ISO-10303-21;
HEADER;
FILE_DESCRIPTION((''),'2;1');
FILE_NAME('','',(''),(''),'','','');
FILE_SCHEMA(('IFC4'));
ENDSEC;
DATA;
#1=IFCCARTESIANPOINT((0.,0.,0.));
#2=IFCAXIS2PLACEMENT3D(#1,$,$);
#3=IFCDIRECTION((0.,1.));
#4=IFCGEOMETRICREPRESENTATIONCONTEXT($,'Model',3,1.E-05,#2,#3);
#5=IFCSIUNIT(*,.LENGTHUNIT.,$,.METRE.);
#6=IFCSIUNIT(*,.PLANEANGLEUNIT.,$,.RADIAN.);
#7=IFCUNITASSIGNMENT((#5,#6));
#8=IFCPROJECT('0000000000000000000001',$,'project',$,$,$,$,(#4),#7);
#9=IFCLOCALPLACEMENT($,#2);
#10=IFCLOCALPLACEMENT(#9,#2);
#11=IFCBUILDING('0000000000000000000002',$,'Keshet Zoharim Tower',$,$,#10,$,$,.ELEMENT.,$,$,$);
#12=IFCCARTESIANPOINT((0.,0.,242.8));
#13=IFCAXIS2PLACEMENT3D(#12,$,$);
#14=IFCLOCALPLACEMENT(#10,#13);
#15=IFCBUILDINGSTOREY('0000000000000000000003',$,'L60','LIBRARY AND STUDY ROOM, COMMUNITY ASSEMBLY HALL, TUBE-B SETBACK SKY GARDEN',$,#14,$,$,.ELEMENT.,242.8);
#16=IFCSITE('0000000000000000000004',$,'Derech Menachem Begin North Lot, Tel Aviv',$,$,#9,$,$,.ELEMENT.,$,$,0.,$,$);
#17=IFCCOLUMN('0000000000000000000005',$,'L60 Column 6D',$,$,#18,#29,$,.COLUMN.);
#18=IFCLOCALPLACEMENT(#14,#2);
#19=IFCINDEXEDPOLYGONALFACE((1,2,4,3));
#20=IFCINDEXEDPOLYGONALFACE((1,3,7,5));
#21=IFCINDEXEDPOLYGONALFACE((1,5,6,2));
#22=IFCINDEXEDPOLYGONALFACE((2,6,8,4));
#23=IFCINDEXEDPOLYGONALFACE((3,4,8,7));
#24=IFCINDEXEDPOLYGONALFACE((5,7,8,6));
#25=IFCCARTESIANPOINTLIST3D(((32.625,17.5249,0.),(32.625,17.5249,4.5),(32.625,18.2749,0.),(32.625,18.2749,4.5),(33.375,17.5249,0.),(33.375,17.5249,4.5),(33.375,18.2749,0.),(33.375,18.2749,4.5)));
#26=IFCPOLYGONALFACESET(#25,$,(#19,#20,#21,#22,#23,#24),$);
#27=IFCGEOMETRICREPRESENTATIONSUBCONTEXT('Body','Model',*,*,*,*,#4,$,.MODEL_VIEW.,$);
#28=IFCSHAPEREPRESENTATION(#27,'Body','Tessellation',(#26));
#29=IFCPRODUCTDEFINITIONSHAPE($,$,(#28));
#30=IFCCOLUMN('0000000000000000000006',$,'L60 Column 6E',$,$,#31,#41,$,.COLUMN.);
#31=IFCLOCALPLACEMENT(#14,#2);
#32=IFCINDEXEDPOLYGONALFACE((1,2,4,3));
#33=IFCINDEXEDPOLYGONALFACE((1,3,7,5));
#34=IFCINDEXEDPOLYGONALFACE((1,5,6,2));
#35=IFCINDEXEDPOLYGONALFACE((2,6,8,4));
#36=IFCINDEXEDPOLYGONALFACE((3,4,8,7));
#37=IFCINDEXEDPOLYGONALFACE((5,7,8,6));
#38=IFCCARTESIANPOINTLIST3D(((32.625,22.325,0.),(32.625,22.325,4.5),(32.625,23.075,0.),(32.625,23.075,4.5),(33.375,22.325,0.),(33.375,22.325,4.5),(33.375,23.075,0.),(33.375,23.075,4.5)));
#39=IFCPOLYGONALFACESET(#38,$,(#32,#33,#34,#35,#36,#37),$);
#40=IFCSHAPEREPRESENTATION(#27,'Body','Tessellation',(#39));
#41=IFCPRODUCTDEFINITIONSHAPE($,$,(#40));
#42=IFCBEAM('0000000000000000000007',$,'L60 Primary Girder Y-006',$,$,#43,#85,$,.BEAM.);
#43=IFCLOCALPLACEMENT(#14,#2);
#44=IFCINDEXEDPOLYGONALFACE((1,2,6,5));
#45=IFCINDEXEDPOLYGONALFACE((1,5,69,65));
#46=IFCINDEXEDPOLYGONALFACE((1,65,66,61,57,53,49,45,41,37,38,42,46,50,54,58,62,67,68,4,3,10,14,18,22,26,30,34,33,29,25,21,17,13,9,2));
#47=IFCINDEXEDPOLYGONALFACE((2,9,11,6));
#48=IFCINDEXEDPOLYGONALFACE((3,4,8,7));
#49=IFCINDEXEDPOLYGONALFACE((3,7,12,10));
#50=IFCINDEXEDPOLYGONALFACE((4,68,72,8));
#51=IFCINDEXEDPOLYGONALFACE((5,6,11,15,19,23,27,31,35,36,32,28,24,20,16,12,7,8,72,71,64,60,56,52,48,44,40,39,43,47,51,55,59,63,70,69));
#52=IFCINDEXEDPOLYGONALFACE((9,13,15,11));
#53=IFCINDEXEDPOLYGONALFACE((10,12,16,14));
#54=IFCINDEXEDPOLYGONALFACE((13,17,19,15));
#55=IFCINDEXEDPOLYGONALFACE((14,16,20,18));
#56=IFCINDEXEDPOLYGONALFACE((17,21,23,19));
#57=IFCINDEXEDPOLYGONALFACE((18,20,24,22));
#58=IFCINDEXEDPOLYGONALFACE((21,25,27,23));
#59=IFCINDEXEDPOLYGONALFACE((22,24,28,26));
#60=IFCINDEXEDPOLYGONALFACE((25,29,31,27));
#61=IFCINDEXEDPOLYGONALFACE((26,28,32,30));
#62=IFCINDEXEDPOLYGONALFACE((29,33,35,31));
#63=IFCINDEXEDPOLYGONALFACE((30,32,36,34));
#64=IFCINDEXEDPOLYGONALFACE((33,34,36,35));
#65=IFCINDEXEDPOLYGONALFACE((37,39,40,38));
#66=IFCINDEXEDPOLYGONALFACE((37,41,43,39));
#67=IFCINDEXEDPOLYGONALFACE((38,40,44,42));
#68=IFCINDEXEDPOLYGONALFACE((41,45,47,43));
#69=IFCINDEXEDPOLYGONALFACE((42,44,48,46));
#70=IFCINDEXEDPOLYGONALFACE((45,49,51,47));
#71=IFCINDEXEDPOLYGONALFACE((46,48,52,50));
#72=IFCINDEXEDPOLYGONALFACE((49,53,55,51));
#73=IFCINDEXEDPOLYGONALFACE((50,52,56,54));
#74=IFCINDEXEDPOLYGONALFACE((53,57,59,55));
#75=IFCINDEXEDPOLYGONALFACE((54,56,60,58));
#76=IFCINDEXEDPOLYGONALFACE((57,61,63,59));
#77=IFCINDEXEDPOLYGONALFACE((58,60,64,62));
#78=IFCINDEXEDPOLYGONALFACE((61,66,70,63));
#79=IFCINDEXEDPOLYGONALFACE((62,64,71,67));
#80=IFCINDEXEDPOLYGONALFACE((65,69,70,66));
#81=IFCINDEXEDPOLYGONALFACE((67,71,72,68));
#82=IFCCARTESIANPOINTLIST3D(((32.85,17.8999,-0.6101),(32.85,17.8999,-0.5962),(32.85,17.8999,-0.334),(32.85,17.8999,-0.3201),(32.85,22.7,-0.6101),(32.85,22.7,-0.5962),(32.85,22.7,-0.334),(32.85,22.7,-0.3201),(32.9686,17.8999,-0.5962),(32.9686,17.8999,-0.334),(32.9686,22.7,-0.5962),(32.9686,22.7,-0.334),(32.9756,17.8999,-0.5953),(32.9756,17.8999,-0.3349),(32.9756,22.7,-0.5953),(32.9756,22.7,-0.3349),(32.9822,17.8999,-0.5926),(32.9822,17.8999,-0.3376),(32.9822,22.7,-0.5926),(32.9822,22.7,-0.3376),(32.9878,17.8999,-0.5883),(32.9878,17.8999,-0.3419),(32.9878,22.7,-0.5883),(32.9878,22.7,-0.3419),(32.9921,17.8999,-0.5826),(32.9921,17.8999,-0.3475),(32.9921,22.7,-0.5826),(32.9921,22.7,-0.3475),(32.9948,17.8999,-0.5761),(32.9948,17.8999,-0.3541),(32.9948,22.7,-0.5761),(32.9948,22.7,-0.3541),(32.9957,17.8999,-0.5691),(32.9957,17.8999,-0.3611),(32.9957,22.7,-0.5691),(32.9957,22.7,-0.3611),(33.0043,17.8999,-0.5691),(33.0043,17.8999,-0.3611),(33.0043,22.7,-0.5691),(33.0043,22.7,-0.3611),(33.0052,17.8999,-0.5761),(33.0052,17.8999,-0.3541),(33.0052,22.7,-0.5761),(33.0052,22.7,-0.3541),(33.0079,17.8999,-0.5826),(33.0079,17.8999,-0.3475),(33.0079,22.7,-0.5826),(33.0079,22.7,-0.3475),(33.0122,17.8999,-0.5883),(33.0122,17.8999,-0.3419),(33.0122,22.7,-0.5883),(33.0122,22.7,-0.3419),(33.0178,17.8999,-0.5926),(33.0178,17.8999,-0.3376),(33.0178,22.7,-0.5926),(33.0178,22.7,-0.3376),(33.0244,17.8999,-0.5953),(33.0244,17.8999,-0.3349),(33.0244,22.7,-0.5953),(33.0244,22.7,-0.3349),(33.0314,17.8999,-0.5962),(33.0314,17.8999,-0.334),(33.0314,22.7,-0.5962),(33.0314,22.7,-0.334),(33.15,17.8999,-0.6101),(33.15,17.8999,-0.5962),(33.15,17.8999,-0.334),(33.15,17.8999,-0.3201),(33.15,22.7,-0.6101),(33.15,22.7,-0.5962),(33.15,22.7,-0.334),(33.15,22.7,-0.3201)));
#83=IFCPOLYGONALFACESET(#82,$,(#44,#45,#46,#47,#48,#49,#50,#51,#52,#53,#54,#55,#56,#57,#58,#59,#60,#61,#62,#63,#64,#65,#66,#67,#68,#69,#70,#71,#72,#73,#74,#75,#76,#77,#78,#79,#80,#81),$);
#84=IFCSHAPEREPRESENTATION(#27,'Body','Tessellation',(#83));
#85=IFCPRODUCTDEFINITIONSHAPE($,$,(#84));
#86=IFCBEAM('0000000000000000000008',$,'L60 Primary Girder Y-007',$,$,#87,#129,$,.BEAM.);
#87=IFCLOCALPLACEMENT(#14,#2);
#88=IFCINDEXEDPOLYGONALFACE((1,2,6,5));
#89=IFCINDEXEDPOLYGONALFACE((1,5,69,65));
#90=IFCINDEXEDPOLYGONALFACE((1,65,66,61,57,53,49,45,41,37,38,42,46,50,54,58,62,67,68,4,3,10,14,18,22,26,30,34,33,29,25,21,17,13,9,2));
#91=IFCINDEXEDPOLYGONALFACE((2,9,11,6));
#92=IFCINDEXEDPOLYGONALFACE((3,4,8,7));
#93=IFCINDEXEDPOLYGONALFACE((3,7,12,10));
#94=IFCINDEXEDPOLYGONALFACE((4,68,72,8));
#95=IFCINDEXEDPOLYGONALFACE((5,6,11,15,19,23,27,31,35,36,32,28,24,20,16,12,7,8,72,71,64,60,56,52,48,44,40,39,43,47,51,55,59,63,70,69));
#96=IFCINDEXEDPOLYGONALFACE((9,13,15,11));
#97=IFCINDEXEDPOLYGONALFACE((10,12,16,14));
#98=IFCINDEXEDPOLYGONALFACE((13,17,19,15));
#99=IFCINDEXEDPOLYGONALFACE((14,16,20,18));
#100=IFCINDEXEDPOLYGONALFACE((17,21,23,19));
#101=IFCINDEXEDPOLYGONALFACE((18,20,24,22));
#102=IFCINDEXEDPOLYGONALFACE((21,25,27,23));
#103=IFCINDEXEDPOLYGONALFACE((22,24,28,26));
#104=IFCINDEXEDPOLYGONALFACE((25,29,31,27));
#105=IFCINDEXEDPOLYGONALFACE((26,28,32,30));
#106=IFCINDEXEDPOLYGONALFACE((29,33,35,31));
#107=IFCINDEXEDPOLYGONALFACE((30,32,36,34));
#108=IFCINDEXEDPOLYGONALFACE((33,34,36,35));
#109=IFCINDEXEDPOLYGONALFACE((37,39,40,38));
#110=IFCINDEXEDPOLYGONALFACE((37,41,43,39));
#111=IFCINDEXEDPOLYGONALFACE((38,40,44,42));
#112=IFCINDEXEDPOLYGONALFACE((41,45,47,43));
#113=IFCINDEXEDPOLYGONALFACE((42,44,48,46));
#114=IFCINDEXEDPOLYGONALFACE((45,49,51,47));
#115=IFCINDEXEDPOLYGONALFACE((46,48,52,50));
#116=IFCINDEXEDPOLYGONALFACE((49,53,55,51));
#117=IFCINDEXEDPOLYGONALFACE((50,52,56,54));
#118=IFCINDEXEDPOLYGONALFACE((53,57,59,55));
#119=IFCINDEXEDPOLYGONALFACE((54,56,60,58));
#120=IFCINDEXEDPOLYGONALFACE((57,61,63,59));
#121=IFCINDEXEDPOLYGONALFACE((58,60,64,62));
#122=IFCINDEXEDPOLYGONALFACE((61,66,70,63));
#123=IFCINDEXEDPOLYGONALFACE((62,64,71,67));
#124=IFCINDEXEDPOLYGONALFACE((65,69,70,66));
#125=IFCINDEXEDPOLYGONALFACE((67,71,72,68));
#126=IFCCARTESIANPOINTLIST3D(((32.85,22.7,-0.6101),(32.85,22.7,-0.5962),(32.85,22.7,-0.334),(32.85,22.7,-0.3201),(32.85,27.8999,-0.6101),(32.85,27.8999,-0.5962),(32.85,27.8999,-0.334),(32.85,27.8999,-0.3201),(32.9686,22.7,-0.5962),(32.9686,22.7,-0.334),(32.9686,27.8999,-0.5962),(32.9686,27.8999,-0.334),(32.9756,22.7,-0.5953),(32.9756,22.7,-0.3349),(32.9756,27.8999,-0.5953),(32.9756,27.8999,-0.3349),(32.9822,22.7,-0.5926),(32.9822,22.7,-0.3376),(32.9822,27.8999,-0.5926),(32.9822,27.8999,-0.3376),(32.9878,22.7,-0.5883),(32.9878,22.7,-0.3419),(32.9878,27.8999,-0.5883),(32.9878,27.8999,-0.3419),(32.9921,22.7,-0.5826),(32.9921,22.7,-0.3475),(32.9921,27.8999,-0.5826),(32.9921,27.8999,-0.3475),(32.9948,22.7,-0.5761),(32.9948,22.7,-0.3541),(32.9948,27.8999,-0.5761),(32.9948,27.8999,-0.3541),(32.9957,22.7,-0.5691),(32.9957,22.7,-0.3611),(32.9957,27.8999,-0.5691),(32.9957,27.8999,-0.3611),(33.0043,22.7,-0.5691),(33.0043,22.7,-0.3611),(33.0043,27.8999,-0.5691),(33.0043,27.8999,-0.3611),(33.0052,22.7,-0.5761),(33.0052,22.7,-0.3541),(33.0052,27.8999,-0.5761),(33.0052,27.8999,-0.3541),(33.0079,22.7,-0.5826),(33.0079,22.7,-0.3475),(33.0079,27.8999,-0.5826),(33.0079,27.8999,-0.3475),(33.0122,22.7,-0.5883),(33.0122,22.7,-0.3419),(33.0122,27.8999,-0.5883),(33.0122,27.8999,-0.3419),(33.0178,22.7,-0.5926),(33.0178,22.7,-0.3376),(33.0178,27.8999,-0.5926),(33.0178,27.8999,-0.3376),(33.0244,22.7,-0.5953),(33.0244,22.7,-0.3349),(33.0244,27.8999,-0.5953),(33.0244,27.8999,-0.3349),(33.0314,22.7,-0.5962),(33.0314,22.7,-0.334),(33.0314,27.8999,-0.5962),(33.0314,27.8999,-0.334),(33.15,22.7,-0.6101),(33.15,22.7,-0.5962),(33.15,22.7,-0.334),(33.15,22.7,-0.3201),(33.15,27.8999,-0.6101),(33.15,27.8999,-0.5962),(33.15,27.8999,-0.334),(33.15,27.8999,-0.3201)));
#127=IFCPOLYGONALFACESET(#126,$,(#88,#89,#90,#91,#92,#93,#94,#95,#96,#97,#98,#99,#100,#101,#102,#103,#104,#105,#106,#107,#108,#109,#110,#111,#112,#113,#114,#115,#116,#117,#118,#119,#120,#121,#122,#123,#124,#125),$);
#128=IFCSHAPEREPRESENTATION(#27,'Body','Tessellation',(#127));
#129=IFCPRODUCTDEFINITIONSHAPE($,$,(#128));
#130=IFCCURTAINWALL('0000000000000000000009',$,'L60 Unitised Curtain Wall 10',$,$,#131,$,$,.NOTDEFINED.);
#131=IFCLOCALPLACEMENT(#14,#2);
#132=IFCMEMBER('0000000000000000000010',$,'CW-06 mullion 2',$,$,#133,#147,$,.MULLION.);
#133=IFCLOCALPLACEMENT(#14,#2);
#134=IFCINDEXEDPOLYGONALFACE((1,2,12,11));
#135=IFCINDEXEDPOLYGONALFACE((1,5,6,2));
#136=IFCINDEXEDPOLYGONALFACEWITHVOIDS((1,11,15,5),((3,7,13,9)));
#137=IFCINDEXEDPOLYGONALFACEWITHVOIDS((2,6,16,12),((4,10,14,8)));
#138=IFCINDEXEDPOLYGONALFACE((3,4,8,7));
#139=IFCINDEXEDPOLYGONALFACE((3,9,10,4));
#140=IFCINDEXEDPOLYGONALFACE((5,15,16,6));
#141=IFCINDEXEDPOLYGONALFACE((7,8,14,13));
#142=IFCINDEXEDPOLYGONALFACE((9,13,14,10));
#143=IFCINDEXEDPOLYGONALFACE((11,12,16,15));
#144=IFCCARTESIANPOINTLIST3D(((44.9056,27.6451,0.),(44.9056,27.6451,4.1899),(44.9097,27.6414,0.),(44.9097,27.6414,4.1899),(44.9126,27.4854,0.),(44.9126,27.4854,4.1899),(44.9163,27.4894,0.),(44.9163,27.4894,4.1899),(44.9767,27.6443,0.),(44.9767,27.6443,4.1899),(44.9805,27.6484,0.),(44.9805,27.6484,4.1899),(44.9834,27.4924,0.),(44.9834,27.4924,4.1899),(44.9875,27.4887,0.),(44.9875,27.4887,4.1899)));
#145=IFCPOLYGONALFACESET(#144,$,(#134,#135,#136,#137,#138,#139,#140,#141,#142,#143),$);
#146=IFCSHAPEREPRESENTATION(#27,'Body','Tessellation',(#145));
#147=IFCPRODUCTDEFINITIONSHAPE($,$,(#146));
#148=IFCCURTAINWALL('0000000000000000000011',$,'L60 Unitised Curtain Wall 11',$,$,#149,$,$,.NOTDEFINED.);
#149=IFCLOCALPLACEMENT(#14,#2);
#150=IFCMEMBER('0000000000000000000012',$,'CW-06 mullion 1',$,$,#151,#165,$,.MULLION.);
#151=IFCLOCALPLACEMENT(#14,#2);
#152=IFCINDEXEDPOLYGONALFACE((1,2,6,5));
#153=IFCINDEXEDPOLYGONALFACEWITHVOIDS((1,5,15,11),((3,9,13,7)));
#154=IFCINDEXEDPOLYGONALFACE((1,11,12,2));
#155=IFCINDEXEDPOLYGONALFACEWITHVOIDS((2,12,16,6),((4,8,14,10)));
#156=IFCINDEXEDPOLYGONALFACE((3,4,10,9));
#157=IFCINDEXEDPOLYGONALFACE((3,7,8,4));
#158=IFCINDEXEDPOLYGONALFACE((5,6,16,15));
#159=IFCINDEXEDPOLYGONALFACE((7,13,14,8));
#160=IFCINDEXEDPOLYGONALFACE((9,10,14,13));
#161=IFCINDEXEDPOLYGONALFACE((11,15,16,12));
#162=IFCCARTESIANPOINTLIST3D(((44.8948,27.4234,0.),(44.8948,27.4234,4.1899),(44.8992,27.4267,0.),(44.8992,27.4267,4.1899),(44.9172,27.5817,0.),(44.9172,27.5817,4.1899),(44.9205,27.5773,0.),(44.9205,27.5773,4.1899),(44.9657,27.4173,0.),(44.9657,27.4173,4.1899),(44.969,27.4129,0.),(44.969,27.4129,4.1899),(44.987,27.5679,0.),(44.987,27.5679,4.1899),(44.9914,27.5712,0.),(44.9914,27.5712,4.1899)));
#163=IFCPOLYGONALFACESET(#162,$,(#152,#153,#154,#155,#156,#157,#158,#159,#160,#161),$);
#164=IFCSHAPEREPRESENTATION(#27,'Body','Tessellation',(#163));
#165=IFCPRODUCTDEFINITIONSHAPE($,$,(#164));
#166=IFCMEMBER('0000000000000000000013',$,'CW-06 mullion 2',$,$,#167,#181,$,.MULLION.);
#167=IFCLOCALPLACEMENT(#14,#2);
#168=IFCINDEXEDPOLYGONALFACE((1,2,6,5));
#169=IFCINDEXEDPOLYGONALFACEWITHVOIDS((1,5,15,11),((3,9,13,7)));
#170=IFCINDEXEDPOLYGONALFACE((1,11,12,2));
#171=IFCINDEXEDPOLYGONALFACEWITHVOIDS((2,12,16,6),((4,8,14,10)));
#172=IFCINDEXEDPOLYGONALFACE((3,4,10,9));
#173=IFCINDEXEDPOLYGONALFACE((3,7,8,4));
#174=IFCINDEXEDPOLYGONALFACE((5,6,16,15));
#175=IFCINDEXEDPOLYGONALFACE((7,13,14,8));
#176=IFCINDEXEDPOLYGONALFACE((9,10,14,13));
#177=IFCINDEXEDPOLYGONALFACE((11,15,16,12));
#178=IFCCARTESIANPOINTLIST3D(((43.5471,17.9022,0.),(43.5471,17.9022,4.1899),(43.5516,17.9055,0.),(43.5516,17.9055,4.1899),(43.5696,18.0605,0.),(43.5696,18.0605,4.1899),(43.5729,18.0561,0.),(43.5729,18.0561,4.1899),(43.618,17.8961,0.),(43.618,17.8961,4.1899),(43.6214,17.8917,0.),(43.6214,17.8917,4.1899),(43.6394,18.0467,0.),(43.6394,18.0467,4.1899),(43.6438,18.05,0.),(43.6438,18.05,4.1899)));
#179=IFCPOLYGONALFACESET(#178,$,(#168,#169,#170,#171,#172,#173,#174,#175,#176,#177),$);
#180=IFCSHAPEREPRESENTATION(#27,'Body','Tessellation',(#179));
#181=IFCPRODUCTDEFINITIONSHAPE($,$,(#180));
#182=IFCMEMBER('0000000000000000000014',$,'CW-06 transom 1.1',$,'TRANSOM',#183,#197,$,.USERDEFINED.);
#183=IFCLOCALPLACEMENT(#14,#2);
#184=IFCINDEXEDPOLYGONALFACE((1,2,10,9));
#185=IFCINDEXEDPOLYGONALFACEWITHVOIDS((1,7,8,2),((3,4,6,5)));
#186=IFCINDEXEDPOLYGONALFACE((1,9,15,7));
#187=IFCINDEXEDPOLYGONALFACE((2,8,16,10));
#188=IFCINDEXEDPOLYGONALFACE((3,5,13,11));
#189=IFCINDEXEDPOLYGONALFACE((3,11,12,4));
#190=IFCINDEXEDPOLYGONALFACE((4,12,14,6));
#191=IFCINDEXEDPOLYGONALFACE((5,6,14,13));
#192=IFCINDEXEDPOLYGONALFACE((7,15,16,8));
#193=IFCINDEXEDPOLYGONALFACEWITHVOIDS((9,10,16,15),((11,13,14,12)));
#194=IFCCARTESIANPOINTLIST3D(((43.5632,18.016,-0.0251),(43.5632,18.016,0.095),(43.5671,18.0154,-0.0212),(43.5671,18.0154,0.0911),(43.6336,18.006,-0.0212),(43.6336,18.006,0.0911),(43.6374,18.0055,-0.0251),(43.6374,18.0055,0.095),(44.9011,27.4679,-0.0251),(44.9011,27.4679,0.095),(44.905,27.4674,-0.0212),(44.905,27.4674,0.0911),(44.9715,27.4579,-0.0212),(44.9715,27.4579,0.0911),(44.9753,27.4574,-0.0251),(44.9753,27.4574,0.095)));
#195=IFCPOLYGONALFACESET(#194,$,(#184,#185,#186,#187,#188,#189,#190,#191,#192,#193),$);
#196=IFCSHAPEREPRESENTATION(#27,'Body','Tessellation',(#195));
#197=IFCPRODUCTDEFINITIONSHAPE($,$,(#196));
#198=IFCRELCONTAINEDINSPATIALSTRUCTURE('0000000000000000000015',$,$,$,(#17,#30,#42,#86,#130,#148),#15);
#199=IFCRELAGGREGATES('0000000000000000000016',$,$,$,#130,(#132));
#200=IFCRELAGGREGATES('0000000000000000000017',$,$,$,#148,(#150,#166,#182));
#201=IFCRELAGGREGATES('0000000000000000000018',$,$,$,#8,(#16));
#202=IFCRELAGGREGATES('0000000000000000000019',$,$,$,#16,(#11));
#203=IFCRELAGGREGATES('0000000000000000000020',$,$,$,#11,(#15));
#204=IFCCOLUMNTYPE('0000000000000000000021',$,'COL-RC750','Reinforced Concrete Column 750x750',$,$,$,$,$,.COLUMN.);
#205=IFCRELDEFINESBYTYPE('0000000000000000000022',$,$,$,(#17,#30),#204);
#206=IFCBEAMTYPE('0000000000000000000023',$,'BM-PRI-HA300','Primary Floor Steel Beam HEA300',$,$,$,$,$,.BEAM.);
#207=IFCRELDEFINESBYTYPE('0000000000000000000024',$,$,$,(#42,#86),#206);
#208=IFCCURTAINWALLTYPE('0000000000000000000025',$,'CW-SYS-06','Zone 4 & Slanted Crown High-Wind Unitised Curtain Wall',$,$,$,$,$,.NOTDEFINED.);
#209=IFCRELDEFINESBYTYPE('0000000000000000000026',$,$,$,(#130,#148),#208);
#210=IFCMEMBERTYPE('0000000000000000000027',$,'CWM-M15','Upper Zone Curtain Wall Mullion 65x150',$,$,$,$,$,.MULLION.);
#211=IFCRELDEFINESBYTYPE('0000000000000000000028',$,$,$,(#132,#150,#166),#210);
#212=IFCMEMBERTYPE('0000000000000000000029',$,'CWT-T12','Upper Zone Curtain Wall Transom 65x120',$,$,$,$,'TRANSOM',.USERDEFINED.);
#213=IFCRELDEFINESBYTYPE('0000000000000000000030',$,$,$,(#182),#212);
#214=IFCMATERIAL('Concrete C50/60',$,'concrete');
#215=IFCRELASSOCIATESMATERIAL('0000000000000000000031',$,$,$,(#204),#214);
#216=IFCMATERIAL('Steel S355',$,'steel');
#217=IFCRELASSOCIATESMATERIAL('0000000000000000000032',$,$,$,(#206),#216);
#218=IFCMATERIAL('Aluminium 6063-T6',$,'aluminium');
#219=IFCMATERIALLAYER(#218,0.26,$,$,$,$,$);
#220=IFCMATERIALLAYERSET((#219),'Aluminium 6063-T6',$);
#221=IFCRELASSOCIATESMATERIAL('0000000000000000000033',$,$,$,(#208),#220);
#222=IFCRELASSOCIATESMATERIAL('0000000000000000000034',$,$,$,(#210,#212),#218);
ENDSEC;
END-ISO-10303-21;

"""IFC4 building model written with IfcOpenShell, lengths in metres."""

from ifc_helpers import new_model, si_unit, direction, frame, origin, origin_2d, place, context, subcontext, project, spatial, rectangle, hollow_rectangle, i_section, extrude, material, layer, layer_set, material_profile, profile_set, type_object, element, aggregate, save


model = new_model("IFC4")

# Units and contexts
model_context = context("Model", 3, precision=1e-05, world=origin(), true_north=direction((0.0, 1.0)))
body_context = subcontext(model_context, "Body", "Model", "MODEL_VIEW")
ifc_project = project(units=[si_unit("LENGTHUNIT", "METRE"), si_unit("PLANEANGLEUNIT", "RADIAN")], contexts=[model_context])

# Site, building, storey
site_placement = place(None, origin())
site = spatial("IfcSite", under=ifc_project, at=site_placement, Name="Derech Menachem Begin North Lot, Tel Aviv", CompositionType="ELEMENT", RefElevation=0.0)
building_placement = place(site_placement, origin())
building = spatial("IfcBuilding", under=site, at=building_placement, Name="Keshet Zoharim Tower", CompositionType="ELEMENT")
storey_placement = place(building_placement, frame((0.0, 0.0, 242.8)))
storey = spatial("IfcBuildingStorey", under=building, at=storey_placement, Name="L60", Description="LIBRARY AND STUDY ROOM, COMMUNITY ASSEMBLY HALL, TUBE-B SETBACK SKY GARDEN", CompositionType="ELEMENT", Elevation=242.8)

# Columns
ifc_material_1 = material(Name="Concrete C50/60", Category="concrete")
ifc_material_profile_1 = material_profile(ifc_material_1, rectangle(XDim=0.75, YDim=0.75, at=origin_2d()), Name="RC750x750")
ifc_profile_set_1 = profile_set([ifc_material_profile_1], Name="Concrete C50/60")
column_type = type_object("IfcColumnType", Name="COL-RC750", Description="Reinforced Concrete Column 750x750", PredefinedType="COLUMN", material=ifc_profile_set_1)
for number, where, z_axis, x_axis, name in (
    (1, (33.0, 17.8999, 0.0), (0.0, 0.0, 1.0), (1.0, 0.0, 0.0), "L60 Column 6D"),
    (2, (33.0, 22.7, 0.0), (0.0, 0.0, 1.0), (1.0, 0.0, 0.0), "L60 Column 6E"),
):
    element("IfcColumn", number, at=place(storey_placement, frame(where, z_axis=z_axis, x_axis=x_axis)), inside=storey, type_object=column_type, Name=name, PredefinedType="COLUMN", context=body_context, shape_type="SweptSolid", body=[
        extrude(rectangle(XDim=0.75, YDim=0.75, at=origin_2d()), origin(), (0.0, 0.0, 1.0), 4.5),
    ])

# Beams
ifc_material_2 = material(Name="Steel S355", Category="steel")
ifc_material_profile_2 = material_profile(ifc_material_2, i_section(OverallWidth=0.3, OverallDepth=0.29, WebThickness=0.0085, FlangeThickness=0.0139, FilletRadius=0.0271, at=origin_2d()), Name="HEA300")
ifc_profile_set_2 = profile_set([ifc_material_profile_2], Name="Steel S355")
beam_type = type_object("IfcBeamType", Name="BM-PRI-HA300", Description="Primary Floor Steel Beam HEA300", PredefinedType="BEAM", material=ifc_profile_set_2)
beam_1_placement = place(storey_placement, frame((33.0, 17.8999, -0.4651), z_axis=(0.0, 1.0, 0.0), x_axis=(-1.0, 0.0, 0.0)))
element("IfcBeam", 3, at=beam_1_placement, inside=storey, type_object=beam_type, Name="L60 Primary Girder Y-006", PredefinedType="BEAM", context=body_context, shape_type="SweptSolid", body=[
    extrude(i_section(OverallWidth=0.3, OverallDepth=0.29, WebThickness=0.0085, FlangeThickness=0.0139, FilletRadius=0.0271, at=origin_2d()), origin(), (0.0, 0.0, 1.0), 4.8),
])
beam_2_placement = place(storey_placement, frame((33.0, 22.7, -0.4651), z_axis=(0.0, 1.0, 0.0), x_axis=(-1.0, 0.0, 0.0)))
element("IfcBeam", 4, at=beam_2_placement, inside=storey, type_object=beam_type, Name="L60 Primary Girder Y-007", PredefinedType="BEAM", context=body_context, shape_type="SweptSolid", body=[
    extrude(i_section(OverallWidth=0.3, OverallDepth=0.29, WebThickness=0.0085, FlangeThickness=0.0139, FilletRadius=0.0271, at=origin_2d()), origin(), (0.0, 0.0, 1.0), 5.2),
])

# Curtain wall, member
ifc_material_3 = material(Name="Aluminium 6063-T6", Category="aluminium")
ifc_layer_1 = layer(ifc_material_3, 0.26)
ifc_layer_set_1 = layer_set([ifc_layer_1], Name="Aluminium 6063-T6")
curtain_wall_type = type_object("IfcCurtainWallType", Name="CW-SYS-06", Description="Zone 4 & Slanted Crown High-Wind Unitised Curtain Wall", PredefinedType="NOTDEFINED", material=ifc_layer_set_1)
curtain_wall_1_placement = place(storey_placement, origin())
curtain_wall_1 = element("IfcCurtainWall", 5, at=curtain_wall_1_placement, inside=storey, type_object=curtain_wall_type, Name="L60 Unitised Curtain Wall 10", PredefinedType="NOTDEFINED")
ifc_material_profile_3 = material_profile(ifc_material_3, hollow_rectangle(XDim=0.075, YDim=0.1599, WallThickness=0.0039, at=origin_2d()), Name="MUL-75x160")
ifc_profile_set_3 = profile_set([ifc_material_profile_3], Name="Aluminium 6063-T6")
member_type_1 = type_object("IfcMemberType", Name="CWM-M15", Description="Upper Zone Curtain Wall Mullion 65x150", PredefinedType="MULLION", material=ifc_profile_set_3)
member_1_placement = place(storey_placement, frame((44.9465, 27.5669, 0.0), z_axis=(0.0, 0.0, 1.0), x_axis=(0.999041, 0.043794, 0.0)))
member_1 = element("IfcMember", 6, at=member_1_placement, type_object=member_type_1, Name="CW-06 mullion 2", PredefinedType="MULLION", context=body_context, shape_type="SweptSolid", body=[
    extrude(hollow_rectangle(XDim=0.075, YDim=0.1599, WallThickness=0.0039, at=origin_2d()), origin(), (0.0, 0.0, 1.0), 4.1899),
])

# Curtain wall, members
curtain_wall_2_placement = place(storey_placement, origin())
curtain_wall_2 = element("IfcCurtainWall", 7, at=curtain_wall_2_placement, inside=storey, type_object=curtain_wall_type, Name="L60 Unitised Curtain Wall 11", PredefinedType="NOTDEFINED")
member_2_placement = place(storey_placement, frame((44.9431, 27.4973, 0.0), z_axis=(0.0, 0.0, 1.0), x_axis=(0.990132, -0.140137, 0.0)))
member_2 = element("IfcMember", 8, at=member_2_placement, type_object=member_type_1, Name="CW-06 mullion 1", PredefinedType="MULLION", context=body_context, shape_type="SweptSolid", body=[
    extrude(hollow_rectangle(XDim=0.075, YDim=0.1599, WallThickness=0.0039, at=origin_2d()), origin(), (0.0, 0.0, 1.0), 4.1899),
])
member_3_placement = place(storey_placement, frame((43.5955, 17.9761, 0.0), z_axis=(0.0, 0.0, 1.0), x_axis=(0.990132, -0.140137, 0.0)))
member_3 = element("IfcMember", 9, at=member_3_placement, type_object=member_type_1, Name="CW-06 mullion 2", PredefinedType="MULLION", context=body_context, shape_type="SweptSolid", body=[
    extrude(hollow_rectangle(XDim=0.075, YDim=0.1599, WallThickness=0.0039, at=origin_2d()), origin(), (0.0, 0.0, 1.0), 4.1899),
])
ifc_material_profile_4 = material_profile(ifc_material_3, hollow_rectangle(XDim=0.075, YDim=0.1201, WallThickness=0.0039, at=origin_2d()), Name="TRN-75x120")
ifc_profile_set_4 = profile_set([ifc_material_profile_4], Name="Aluminium 6063-T6")
member_type_2 = type_object("IfcMemberType", Name="CWT-T12", Description="Upper Zone Curtain Wall Transom 65x120", ElementType="TRANSOM", PredefinedType="USERDEFINED", material=ifc_profile_set_4)
member_4_placement = place(storey_placement, frame((44.9382, 27.4626, 0.0349), z_axis=(-0.14015, -0.99013, 0.0), x_axis=(0.99013, -0.14015, 0.0)))
member_4 = element("IfcMember", 10, at=member_4_placement, type_object=member_type_2, Name="CW-06 transom 1.1", ObjectType="TRANSOM", PredefinedType="USERDEFINED", context=body_context, shape_type="SweptSolid", body=[
    extrude(hollow_rectangle(XDim=0.075, YDim=0.1201, WallThickness=0.0039, at=origin_2d()), origin(), (0.0, 0.0, 1.0), 9.5461),
])

aggregate(curtain_wall_1, [member_1])
aggregate(curtain_wall_2, [member_2, member_3, member_4])

save(model, "model.ifc")
